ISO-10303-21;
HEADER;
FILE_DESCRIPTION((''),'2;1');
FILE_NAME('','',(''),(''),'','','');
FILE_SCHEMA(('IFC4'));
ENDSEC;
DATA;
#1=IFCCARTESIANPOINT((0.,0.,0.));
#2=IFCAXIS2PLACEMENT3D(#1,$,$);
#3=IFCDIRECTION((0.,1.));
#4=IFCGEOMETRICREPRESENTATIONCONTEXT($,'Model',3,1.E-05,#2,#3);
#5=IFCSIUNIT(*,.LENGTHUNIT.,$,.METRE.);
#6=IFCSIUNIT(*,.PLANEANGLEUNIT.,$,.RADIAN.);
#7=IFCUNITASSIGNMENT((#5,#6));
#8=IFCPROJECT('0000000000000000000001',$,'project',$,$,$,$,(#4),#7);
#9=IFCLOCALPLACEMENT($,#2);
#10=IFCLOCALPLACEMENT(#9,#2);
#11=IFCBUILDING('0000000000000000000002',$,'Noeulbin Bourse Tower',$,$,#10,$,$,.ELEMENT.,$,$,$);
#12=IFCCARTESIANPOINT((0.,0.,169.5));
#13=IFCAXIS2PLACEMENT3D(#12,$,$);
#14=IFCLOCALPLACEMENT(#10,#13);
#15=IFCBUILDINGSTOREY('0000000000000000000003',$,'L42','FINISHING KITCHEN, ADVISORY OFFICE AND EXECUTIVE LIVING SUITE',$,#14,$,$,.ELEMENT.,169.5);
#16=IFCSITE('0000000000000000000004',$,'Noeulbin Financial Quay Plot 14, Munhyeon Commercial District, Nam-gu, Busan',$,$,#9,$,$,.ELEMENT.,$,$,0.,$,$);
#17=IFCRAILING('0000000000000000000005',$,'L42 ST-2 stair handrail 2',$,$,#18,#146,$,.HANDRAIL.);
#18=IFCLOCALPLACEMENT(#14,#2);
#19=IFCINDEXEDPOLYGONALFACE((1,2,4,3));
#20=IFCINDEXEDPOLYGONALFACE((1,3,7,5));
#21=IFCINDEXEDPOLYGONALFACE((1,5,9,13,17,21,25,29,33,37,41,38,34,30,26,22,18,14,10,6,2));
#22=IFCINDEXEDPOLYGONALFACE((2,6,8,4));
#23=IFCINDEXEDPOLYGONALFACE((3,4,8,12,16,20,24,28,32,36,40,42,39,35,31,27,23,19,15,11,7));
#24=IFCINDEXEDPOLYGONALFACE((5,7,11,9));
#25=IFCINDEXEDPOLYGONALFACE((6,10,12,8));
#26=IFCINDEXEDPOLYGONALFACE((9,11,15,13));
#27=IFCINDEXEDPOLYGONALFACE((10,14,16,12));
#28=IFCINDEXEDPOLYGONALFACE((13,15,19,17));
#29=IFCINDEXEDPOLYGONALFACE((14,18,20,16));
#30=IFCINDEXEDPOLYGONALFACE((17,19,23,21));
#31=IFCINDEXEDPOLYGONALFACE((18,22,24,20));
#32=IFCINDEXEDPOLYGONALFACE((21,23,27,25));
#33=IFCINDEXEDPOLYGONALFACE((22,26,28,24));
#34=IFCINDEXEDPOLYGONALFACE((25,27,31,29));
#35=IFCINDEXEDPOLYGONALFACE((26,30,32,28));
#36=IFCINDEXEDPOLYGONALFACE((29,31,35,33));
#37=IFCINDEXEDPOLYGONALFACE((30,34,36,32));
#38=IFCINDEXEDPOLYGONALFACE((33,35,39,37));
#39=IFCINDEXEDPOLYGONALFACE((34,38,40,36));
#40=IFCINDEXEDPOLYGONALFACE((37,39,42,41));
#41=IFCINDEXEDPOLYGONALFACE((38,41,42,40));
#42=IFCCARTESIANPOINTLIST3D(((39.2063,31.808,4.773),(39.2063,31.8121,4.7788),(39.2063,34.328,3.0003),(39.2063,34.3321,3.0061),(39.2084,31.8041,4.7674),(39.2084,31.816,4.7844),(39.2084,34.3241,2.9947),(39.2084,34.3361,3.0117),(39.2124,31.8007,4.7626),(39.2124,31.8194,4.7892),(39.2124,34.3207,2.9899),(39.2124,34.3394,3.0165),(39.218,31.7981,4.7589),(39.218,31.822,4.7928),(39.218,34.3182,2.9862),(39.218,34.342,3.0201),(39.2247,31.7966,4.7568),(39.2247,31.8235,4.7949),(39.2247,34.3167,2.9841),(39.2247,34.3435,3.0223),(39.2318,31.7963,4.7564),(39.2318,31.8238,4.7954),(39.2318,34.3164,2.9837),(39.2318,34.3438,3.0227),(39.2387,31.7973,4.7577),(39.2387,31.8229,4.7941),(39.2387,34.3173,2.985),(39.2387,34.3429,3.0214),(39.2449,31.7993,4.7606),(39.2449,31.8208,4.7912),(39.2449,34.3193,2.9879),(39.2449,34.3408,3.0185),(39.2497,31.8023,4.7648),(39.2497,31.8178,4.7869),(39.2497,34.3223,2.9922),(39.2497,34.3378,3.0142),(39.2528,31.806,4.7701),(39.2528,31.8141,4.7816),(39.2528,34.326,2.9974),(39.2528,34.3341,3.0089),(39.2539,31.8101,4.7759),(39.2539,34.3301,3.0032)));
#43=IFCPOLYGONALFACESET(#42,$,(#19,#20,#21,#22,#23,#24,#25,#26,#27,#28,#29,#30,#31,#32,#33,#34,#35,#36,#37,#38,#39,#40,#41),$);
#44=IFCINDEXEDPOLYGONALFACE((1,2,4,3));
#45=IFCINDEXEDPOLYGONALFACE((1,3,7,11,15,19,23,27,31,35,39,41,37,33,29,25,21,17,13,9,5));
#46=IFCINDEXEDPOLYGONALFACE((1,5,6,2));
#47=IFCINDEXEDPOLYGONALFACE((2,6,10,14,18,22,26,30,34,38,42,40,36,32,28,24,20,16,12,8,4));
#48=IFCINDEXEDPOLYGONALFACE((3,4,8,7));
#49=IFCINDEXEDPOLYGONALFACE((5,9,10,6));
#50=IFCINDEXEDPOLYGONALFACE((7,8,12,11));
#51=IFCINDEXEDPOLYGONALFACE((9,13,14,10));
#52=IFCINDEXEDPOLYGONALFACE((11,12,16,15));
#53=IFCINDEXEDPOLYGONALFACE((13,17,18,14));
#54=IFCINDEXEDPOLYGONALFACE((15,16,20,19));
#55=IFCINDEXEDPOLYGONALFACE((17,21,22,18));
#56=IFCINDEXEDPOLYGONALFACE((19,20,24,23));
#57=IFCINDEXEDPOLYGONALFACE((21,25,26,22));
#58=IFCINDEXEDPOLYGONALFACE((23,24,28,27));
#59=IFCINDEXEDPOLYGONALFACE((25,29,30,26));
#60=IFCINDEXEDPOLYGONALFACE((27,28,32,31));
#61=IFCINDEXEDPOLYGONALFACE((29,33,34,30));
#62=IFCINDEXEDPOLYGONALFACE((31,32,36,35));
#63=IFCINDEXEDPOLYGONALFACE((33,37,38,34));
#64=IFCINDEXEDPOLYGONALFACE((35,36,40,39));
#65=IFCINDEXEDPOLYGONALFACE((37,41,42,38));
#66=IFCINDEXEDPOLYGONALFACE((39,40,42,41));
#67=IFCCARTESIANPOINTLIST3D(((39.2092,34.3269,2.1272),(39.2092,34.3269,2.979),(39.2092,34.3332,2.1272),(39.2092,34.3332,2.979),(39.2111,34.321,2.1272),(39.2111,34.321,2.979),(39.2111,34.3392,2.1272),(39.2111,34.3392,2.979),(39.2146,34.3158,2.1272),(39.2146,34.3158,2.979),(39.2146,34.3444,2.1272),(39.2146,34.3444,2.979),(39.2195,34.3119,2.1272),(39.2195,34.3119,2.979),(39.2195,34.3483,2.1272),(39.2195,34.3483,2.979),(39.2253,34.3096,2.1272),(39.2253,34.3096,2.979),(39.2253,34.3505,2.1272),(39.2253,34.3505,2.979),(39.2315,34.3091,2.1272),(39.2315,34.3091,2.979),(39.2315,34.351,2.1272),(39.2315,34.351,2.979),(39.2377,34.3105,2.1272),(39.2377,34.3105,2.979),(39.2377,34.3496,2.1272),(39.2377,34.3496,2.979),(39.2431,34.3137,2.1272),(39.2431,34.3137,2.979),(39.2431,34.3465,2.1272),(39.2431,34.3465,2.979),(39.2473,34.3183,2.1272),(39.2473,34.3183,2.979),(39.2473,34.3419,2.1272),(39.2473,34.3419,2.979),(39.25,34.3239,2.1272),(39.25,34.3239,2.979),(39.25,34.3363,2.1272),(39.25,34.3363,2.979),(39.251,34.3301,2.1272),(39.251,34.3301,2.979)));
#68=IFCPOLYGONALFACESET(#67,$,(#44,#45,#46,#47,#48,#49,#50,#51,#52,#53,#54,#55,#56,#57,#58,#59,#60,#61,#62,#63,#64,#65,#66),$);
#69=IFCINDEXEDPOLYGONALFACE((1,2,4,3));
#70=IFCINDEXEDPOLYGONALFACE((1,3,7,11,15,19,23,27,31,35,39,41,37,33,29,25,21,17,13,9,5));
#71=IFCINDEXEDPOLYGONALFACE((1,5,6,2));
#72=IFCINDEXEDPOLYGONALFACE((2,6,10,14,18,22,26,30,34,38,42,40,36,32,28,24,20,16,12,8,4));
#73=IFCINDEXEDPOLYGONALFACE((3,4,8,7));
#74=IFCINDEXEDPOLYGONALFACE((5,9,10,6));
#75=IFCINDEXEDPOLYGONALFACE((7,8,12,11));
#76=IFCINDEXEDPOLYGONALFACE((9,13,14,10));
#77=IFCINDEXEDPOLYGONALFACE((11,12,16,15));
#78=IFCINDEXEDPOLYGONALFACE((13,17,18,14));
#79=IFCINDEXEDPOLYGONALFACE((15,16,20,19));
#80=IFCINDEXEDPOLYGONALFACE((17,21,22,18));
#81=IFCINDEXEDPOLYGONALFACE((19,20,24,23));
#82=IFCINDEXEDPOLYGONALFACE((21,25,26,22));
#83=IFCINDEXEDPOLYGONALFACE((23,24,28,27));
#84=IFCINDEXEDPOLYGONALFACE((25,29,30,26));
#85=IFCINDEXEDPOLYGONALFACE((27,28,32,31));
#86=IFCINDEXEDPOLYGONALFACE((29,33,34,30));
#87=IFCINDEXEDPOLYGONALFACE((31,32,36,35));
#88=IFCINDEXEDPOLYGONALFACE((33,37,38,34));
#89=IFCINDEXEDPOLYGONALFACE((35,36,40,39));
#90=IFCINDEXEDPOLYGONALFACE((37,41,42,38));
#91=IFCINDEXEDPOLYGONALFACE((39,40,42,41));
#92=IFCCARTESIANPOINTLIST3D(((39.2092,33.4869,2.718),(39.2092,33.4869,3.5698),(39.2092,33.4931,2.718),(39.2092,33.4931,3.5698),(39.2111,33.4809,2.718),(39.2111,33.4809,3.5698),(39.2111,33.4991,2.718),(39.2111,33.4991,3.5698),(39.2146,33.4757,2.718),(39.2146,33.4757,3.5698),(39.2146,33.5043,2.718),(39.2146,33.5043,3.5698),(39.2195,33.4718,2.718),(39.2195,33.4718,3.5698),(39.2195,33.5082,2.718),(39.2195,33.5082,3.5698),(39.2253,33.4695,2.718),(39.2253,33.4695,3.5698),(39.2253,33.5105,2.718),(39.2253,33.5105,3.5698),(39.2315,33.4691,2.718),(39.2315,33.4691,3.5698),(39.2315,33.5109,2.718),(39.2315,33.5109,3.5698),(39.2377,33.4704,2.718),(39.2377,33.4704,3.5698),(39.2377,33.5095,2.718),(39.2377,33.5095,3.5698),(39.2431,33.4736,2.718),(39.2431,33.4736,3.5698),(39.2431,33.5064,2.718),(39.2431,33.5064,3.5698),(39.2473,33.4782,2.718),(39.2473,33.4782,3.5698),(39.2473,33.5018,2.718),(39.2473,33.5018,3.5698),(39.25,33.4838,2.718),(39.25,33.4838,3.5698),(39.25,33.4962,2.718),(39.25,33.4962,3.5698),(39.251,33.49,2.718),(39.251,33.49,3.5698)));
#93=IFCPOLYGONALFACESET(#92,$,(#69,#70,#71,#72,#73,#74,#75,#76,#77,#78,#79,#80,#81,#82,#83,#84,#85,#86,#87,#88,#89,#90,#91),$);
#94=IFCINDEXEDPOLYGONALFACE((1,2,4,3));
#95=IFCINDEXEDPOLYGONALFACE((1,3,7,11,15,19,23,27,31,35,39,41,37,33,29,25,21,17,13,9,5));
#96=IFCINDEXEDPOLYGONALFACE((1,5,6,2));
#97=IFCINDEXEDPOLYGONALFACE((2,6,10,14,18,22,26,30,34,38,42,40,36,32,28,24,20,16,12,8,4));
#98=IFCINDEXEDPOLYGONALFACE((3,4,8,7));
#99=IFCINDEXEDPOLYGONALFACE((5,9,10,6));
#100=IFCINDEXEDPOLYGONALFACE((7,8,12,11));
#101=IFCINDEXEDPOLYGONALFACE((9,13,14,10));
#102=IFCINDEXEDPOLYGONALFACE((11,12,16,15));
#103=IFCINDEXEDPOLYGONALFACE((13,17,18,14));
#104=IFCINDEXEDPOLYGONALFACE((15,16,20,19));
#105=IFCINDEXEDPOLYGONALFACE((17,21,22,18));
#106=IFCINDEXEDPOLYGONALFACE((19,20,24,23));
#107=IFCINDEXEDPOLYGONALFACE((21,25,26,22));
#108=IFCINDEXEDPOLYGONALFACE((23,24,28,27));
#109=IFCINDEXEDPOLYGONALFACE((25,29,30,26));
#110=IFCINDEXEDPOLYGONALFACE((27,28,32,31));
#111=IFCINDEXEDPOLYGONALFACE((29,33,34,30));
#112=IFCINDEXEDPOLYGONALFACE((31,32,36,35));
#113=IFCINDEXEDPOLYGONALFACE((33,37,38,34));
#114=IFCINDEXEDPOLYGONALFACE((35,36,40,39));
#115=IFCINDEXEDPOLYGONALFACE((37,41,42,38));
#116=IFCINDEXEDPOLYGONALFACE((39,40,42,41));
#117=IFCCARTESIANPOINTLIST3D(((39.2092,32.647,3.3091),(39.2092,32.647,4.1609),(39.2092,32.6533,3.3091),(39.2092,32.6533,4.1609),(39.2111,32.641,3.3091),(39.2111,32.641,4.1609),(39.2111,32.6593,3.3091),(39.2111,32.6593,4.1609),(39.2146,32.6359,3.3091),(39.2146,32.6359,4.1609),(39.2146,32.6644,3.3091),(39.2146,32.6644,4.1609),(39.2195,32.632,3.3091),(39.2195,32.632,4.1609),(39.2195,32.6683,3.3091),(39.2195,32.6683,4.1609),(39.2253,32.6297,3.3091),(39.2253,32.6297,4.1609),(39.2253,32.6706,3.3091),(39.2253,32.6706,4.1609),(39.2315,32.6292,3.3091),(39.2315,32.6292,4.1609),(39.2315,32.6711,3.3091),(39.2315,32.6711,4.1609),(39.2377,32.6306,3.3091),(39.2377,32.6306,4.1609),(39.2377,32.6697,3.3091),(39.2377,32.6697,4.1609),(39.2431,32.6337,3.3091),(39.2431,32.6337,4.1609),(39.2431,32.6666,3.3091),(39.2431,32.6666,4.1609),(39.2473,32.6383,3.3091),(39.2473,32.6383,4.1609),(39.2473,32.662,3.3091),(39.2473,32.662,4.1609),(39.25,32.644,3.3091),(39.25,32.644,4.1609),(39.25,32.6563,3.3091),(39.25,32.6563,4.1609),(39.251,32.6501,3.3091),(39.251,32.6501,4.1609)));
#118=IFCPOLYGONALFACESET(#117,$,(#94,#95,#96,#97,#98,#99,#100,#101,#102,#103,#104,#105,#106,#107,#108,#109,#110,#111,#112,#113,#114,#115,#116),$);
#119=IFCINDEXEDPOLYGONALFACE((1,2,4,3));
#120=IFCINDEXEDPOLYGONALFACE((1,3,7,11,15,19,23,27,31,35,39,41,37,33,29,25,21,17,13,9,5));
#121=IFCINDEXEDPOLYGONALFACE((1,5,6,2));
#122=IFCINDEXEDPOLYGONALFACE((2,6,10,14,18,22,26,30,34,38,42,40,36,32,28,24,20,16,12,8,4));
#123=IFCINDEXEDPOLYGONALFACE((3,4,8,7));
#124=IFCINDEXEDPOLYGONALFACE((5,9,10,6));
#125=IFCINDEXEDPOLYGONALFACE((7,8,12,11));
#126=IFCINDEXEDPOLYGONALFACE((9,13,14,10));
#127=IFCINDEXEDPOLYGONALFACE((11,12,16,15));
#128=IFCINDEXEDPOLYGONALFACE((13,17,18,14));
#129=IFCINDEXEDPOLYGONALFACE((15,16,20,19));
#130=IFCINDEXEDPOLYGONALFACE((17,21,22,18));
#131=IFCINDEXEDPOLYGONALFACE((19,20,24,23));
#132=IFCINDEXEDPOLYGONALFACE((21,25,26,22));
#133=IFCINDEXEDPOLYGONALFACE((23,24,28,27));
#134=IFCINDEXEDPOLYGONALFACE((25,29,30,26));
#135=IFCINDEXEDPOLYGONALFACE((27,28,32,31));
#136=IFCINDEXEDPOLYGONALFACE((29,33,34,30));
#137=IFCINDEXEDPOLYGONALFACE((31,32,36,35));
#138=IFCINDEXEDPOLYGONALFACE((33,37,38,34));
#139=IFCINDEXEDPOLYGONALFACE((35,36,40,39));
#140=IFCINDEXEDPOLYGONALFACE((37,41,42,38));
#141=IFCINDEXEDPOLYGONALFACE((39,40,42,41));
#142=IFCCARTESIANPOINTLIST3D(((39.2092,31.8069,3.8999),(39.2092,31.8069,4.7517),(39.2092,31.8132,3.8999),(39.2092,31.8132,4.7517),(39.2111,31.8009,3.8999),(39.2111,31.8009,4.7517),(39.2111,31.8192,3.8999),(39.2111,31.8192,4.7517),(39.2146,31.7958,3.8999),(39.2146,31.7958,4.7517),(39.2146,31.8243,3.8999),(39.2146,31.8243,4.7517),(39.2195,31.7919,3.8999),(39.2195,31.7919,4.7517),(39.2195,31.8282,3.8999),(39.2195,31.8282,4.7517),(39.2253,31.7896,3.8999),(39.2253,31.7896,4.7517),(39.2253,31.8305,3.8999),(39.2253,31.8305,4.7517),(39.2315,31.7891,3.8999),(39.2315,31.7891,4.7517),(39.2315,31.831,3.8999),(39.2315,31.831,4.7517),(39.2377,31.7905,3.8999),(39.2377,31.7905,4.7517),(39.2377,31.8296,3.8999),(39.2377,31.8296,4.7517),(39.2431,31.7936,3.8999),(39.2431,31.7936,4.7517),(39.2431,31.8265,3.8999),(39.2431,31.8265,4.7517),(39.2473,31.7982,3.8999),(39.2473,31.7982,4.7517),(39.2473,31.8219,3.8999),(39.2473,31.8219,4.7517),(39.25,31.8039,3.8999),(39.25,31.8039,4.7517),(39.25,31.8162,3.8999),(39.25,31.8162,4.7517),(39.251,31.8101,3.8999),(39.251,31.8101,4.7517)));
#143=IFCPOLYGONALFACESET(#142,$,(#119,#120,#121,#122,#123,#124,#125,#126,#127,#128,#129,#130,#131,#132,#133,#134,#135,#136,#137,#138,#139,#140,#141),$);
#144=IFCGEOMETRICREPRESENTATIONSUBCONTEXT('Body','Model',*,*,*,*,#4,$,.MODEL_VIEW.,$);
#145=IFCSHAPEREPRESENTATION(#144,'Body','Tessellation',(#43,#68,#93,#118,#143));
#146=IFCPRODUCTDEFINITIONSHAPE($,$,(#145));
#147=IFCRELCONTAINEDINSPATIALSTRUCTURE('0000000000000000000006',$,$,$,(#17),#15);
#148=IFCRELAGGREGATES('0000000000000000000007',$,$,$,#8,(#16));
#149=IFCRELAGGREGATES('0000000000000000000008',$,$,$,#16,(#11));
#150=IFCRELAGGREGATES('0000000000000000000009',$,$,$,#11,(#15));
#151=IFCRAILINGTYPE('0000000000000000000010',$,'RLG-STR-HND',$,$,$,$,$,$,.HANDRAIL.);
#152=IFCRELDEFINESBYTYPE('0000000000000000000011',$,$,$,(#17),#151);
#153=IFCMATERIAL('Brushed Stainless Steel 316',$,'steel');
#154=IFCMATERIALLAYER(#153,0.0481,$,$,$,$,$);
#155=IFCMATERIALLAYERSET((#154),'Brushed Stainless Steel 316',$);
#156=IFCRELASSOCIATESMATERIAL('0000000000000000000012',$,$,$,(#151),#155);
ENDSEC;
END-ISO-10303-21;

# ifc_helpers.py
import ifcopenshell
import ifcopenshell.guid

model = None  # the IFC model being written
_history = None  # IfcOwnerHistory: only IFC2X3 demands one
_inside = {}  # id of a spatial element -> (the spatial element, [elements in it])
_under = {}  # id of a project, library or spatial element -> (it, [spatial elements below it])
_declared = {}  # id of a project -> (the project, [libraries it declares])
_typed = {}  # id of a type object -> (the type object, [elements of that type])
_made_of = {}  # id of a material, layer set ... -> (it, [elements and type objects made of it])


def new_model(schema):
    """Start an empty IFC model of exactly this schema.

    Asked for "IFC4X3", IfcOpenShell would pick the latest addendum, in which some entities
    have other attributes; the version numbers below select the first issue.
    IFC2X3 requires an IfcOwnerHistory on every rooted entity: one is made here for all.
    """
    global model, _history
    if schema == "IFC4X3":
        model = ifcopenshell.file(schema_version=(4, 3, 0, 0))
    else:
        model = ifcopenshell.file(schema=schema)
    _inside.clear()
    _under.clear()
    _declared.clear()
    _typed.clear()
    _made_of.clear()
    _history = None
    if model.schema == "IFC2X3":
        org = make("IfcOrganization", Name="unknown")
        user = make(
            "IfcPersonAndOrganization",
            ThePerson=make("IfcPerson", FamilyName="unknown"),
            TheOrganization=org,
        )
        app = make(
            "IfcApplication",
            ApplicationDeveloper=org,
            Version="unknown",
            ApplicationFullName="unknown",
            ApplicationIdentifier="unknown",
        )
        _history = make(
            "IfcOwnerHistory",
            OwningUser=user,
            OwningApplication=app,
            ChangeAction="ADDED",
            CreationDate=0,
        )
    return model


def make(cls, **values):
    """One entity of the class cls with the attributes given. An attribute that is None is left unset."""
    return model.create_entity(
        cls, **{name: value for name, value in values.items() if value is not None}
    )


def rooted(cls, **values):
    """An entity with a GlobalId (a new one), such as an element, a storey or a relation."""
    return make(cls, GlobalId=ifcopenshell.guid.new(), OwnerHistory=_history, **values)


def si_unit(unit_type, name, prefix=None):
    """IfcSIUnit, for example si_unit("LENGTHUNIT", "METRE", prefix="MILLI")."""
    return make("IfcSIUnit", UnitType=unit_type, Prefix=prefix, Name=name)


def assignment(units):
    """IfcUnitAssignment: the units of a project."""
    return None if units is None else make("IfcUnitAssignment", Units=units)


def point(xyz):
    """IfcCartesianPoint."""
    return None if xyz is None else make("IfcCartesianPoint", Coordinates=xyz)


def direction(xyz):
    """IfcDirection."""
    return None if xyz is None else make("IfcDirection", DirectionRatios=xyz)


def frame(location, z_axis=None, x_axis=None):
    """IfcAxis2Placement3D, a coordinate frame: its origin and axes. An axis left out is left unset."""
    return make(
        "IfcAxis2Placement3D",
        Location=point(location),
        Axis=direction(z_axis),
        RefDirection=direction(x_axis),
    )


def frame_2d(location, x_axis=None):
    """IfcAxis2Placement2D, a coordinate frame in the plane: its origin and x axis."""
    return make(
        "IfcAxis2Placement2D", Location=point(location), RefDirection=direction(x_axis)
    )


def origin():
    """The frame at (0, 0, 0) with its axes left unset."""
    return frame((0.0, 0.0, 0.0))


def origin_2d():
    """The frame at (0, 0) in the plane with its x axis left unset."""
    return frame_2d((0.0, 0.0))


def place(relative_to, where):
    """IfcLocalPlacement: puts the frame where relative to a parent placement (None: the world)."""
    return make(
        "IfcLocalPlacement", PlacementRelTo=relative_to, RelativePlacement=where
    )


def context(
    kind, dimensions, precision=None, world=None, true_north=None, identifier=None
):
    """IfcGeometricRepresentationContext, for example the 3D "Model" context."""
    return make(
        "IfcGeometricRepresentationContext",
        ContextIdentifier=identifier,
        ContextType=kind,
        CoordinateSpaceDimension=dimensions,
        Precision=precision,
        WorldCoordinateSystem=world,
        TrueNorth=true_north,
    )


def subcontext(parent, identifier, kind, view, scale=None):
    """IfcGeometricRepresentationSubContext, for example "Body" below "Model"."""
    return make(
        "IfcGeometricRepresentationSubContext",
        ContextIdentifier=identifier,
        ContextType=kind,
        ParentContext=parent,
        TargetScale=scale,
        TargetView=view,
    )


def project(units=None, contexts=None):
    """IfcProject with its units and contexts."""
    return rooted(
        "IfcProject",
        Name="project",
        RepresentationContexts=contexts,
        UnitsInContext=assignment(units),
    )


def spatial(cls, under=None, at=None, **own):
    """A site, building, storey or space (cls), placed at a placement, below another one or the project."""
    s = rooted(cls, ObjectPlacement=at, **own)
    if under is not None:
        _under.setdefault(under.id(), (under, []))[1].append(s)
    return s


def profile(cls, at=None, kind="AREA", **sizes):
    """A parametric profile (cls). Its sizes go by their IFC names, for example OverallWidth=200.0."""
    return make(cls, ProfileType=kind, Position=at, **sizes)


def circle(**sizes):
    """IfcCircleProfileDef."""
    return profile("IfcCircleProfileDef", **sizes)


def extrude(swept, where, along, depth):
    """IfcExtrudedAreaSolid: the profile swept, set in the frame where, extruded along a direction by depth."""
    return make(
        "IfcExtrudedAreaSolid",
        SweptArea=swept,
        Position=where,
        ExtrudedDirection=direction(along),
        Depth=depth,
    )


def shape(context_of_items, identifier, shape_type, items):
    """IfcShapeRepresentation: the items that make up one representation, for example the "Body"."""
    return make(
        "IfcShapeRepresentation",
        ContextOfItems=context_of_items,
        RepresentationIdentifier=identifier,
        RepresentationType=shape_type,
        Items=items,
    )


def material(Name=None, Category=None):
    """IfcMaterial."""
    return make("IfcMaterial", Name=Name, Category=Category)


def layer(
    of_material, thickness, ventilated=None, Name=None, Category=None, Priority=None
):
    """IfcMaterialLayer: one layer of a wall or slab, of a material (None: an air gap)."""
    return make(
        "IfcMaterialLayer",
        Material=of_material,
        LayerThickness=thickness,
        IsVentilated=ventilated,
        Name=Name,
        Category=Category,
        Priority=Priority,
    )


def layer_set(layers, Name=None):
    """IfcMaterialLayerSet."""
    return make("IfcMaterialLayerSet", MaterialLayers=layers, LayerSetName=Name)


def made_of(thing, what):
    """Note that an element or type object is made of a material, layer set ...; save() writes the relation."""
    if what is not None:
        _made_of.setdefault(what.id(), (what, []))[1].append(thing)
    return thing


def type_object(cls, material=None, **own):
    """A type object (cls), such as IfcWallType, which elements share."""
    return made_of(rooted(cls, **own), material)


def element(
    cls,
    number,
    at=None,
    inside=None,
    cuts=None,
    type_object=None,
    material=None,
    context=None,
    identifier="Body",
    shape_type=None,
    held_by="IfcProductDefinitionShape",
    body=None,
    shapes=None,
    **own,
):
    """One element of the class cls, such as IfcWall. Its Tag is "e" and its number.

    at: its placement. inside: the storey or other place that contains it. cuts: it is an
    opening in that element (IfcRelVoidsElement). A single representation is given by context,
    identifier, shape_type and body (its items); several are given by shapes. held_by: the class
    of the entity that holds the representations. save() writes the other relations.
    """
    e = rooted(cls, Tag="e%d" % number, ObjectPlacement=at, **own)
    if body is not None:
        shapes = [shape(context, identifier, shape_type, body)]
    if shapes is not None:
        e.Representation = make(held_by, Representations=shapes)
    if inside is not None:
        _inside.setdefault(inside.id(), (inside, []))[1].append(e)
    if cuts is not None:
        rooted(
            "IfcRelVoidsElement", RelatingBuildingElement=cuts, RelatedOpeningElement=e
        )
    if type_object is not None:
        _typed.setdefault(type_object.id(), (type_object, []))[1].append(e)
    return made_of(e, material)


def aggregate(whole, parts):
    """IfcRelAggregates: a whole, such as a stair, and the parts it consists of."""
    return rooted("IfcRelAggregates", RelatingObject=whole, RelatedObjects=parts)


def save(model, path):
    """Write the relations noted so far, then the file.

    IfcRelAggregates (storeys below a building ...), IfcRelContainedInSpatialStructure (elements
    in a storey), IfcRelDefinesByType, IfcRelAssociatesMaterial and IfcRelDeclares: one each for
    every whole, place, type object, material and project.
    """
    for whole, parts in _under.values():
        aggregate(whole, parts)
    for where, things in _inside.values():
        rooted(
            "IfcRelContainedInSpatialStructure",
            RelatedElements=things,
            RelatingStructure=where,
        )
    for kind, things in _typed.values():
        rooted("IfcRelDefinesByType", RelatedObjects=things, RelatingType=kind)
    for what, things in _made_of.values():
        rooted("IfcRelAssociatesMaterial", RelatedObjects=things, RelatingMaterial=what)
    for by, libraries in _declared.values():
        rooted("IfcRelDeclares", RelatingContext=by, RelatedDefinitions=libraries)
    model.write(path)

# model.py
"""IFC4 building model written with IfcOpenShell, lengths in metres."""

from ifc_helpers import new_model, si_unit, direction, frame, origin, origin_2d, place, context, subcontext, project, spatial, circle, extrude, material, layer, layer_set, type_object, element, save


model = new_model("IFC4")

# Units and contexts
model_context = context("Model", 3, precision=1e-05, world=origin(), true_north=direction((0.0, 1.0)))
body_context = subcontext(model_context, "Body", "Model", "MODEL_VIEW")
ifc_project = project(units=[si_unit("LENGTHUNIT", "METRE"), si_unit("PLANEANGLEUNIT", "RADIAN")], contexts=[model_context])

# Site, building, storey
site_placement = place(None, origin())
site = spatial("IfcSite", under=ifc_project, at=site_placement, Name="Noeulbin Financial Quay Plot 14, Munhyeon Commercial District, Nam-gu, Busan", CompositionType="ELEMENT", RefElevation=0.0)
building_placement = place(site_placement, origin())
building = spatial("IfcBuilding", under=site, at=building_placement, Name="Noeulbin Bourse Tower", CompositionType="ELEMENT")
storey_placement = place(building_placement, frame((0.0, 0.0, 169.5)))
storey = spatial("IfcBuildingStorey", under=building, at=storey_placement, Name="L42", Description="FINISHING KITCHEN, ADVISORY OFFICE AND EXECUTIVE LIVING SUITE", CompositionType="ELEMENT", Elevation=169.5)

# Shared definitions
ifc_material_1 = material(Name="Brushed Stainless Steel 316", Category="steel")

# Railing
ifc_layer_1 = layer(ifc_material_1, 0.0481)
ifc_layer_set_1 = layer_set([ifc_layer_1], Name="Brushed Stainless Steel 316")
railing_type_1 = type_object("IfcRailingType", Name="RLG-STR-HND", PredefinedType="HANDRAIL", material=ifc_layer_set_1)
railing_1_placement = place(storey_placement, frame((39.23, 34.3301, 2.1272)))
element("IfcRailing", 1, at=railing_1_placement, inside=storey, type_object=railing_type_1, Name="L42 ST-2 stair handrail 2", PredefinedType="HANDRAIL", context=body_context, shape_type="SweptSolid", body=[
    extrude(circle(Radius=0.0239, at=origin_2d()), frame((0.0, 0.0, 0.876), z_axis=(0.0, -0.817904, 0.575354), x_axis=(1.0, 0.0, 0.0)), (0.0, 0.0, 1.0), 3.0811),
    extrude(circle(Radius=0.021, at=origin_2d()), origin(), (0.0, 0.0, 1.0), 0.8518),
    extrude(circle(Radius=0.021, at=origin_2d()), frame((0.0, -0.8401, 0.5908)), (0.0, 0.0, 1.0), 0.8518),
    extrude(circle(Radius=0.021, at=origin_2d()), frame((0.0, -1.6799, 1.1819)), (0.0, 0.0, 1.0), 0.8518),
    extrude(circle(Radius=0.021, at=origin_2d()), frame((0.0, -2.52, 1.7727)), (0.0, 0.0, 1.0), 0.8518),
])

save(model, "model.ifc")
